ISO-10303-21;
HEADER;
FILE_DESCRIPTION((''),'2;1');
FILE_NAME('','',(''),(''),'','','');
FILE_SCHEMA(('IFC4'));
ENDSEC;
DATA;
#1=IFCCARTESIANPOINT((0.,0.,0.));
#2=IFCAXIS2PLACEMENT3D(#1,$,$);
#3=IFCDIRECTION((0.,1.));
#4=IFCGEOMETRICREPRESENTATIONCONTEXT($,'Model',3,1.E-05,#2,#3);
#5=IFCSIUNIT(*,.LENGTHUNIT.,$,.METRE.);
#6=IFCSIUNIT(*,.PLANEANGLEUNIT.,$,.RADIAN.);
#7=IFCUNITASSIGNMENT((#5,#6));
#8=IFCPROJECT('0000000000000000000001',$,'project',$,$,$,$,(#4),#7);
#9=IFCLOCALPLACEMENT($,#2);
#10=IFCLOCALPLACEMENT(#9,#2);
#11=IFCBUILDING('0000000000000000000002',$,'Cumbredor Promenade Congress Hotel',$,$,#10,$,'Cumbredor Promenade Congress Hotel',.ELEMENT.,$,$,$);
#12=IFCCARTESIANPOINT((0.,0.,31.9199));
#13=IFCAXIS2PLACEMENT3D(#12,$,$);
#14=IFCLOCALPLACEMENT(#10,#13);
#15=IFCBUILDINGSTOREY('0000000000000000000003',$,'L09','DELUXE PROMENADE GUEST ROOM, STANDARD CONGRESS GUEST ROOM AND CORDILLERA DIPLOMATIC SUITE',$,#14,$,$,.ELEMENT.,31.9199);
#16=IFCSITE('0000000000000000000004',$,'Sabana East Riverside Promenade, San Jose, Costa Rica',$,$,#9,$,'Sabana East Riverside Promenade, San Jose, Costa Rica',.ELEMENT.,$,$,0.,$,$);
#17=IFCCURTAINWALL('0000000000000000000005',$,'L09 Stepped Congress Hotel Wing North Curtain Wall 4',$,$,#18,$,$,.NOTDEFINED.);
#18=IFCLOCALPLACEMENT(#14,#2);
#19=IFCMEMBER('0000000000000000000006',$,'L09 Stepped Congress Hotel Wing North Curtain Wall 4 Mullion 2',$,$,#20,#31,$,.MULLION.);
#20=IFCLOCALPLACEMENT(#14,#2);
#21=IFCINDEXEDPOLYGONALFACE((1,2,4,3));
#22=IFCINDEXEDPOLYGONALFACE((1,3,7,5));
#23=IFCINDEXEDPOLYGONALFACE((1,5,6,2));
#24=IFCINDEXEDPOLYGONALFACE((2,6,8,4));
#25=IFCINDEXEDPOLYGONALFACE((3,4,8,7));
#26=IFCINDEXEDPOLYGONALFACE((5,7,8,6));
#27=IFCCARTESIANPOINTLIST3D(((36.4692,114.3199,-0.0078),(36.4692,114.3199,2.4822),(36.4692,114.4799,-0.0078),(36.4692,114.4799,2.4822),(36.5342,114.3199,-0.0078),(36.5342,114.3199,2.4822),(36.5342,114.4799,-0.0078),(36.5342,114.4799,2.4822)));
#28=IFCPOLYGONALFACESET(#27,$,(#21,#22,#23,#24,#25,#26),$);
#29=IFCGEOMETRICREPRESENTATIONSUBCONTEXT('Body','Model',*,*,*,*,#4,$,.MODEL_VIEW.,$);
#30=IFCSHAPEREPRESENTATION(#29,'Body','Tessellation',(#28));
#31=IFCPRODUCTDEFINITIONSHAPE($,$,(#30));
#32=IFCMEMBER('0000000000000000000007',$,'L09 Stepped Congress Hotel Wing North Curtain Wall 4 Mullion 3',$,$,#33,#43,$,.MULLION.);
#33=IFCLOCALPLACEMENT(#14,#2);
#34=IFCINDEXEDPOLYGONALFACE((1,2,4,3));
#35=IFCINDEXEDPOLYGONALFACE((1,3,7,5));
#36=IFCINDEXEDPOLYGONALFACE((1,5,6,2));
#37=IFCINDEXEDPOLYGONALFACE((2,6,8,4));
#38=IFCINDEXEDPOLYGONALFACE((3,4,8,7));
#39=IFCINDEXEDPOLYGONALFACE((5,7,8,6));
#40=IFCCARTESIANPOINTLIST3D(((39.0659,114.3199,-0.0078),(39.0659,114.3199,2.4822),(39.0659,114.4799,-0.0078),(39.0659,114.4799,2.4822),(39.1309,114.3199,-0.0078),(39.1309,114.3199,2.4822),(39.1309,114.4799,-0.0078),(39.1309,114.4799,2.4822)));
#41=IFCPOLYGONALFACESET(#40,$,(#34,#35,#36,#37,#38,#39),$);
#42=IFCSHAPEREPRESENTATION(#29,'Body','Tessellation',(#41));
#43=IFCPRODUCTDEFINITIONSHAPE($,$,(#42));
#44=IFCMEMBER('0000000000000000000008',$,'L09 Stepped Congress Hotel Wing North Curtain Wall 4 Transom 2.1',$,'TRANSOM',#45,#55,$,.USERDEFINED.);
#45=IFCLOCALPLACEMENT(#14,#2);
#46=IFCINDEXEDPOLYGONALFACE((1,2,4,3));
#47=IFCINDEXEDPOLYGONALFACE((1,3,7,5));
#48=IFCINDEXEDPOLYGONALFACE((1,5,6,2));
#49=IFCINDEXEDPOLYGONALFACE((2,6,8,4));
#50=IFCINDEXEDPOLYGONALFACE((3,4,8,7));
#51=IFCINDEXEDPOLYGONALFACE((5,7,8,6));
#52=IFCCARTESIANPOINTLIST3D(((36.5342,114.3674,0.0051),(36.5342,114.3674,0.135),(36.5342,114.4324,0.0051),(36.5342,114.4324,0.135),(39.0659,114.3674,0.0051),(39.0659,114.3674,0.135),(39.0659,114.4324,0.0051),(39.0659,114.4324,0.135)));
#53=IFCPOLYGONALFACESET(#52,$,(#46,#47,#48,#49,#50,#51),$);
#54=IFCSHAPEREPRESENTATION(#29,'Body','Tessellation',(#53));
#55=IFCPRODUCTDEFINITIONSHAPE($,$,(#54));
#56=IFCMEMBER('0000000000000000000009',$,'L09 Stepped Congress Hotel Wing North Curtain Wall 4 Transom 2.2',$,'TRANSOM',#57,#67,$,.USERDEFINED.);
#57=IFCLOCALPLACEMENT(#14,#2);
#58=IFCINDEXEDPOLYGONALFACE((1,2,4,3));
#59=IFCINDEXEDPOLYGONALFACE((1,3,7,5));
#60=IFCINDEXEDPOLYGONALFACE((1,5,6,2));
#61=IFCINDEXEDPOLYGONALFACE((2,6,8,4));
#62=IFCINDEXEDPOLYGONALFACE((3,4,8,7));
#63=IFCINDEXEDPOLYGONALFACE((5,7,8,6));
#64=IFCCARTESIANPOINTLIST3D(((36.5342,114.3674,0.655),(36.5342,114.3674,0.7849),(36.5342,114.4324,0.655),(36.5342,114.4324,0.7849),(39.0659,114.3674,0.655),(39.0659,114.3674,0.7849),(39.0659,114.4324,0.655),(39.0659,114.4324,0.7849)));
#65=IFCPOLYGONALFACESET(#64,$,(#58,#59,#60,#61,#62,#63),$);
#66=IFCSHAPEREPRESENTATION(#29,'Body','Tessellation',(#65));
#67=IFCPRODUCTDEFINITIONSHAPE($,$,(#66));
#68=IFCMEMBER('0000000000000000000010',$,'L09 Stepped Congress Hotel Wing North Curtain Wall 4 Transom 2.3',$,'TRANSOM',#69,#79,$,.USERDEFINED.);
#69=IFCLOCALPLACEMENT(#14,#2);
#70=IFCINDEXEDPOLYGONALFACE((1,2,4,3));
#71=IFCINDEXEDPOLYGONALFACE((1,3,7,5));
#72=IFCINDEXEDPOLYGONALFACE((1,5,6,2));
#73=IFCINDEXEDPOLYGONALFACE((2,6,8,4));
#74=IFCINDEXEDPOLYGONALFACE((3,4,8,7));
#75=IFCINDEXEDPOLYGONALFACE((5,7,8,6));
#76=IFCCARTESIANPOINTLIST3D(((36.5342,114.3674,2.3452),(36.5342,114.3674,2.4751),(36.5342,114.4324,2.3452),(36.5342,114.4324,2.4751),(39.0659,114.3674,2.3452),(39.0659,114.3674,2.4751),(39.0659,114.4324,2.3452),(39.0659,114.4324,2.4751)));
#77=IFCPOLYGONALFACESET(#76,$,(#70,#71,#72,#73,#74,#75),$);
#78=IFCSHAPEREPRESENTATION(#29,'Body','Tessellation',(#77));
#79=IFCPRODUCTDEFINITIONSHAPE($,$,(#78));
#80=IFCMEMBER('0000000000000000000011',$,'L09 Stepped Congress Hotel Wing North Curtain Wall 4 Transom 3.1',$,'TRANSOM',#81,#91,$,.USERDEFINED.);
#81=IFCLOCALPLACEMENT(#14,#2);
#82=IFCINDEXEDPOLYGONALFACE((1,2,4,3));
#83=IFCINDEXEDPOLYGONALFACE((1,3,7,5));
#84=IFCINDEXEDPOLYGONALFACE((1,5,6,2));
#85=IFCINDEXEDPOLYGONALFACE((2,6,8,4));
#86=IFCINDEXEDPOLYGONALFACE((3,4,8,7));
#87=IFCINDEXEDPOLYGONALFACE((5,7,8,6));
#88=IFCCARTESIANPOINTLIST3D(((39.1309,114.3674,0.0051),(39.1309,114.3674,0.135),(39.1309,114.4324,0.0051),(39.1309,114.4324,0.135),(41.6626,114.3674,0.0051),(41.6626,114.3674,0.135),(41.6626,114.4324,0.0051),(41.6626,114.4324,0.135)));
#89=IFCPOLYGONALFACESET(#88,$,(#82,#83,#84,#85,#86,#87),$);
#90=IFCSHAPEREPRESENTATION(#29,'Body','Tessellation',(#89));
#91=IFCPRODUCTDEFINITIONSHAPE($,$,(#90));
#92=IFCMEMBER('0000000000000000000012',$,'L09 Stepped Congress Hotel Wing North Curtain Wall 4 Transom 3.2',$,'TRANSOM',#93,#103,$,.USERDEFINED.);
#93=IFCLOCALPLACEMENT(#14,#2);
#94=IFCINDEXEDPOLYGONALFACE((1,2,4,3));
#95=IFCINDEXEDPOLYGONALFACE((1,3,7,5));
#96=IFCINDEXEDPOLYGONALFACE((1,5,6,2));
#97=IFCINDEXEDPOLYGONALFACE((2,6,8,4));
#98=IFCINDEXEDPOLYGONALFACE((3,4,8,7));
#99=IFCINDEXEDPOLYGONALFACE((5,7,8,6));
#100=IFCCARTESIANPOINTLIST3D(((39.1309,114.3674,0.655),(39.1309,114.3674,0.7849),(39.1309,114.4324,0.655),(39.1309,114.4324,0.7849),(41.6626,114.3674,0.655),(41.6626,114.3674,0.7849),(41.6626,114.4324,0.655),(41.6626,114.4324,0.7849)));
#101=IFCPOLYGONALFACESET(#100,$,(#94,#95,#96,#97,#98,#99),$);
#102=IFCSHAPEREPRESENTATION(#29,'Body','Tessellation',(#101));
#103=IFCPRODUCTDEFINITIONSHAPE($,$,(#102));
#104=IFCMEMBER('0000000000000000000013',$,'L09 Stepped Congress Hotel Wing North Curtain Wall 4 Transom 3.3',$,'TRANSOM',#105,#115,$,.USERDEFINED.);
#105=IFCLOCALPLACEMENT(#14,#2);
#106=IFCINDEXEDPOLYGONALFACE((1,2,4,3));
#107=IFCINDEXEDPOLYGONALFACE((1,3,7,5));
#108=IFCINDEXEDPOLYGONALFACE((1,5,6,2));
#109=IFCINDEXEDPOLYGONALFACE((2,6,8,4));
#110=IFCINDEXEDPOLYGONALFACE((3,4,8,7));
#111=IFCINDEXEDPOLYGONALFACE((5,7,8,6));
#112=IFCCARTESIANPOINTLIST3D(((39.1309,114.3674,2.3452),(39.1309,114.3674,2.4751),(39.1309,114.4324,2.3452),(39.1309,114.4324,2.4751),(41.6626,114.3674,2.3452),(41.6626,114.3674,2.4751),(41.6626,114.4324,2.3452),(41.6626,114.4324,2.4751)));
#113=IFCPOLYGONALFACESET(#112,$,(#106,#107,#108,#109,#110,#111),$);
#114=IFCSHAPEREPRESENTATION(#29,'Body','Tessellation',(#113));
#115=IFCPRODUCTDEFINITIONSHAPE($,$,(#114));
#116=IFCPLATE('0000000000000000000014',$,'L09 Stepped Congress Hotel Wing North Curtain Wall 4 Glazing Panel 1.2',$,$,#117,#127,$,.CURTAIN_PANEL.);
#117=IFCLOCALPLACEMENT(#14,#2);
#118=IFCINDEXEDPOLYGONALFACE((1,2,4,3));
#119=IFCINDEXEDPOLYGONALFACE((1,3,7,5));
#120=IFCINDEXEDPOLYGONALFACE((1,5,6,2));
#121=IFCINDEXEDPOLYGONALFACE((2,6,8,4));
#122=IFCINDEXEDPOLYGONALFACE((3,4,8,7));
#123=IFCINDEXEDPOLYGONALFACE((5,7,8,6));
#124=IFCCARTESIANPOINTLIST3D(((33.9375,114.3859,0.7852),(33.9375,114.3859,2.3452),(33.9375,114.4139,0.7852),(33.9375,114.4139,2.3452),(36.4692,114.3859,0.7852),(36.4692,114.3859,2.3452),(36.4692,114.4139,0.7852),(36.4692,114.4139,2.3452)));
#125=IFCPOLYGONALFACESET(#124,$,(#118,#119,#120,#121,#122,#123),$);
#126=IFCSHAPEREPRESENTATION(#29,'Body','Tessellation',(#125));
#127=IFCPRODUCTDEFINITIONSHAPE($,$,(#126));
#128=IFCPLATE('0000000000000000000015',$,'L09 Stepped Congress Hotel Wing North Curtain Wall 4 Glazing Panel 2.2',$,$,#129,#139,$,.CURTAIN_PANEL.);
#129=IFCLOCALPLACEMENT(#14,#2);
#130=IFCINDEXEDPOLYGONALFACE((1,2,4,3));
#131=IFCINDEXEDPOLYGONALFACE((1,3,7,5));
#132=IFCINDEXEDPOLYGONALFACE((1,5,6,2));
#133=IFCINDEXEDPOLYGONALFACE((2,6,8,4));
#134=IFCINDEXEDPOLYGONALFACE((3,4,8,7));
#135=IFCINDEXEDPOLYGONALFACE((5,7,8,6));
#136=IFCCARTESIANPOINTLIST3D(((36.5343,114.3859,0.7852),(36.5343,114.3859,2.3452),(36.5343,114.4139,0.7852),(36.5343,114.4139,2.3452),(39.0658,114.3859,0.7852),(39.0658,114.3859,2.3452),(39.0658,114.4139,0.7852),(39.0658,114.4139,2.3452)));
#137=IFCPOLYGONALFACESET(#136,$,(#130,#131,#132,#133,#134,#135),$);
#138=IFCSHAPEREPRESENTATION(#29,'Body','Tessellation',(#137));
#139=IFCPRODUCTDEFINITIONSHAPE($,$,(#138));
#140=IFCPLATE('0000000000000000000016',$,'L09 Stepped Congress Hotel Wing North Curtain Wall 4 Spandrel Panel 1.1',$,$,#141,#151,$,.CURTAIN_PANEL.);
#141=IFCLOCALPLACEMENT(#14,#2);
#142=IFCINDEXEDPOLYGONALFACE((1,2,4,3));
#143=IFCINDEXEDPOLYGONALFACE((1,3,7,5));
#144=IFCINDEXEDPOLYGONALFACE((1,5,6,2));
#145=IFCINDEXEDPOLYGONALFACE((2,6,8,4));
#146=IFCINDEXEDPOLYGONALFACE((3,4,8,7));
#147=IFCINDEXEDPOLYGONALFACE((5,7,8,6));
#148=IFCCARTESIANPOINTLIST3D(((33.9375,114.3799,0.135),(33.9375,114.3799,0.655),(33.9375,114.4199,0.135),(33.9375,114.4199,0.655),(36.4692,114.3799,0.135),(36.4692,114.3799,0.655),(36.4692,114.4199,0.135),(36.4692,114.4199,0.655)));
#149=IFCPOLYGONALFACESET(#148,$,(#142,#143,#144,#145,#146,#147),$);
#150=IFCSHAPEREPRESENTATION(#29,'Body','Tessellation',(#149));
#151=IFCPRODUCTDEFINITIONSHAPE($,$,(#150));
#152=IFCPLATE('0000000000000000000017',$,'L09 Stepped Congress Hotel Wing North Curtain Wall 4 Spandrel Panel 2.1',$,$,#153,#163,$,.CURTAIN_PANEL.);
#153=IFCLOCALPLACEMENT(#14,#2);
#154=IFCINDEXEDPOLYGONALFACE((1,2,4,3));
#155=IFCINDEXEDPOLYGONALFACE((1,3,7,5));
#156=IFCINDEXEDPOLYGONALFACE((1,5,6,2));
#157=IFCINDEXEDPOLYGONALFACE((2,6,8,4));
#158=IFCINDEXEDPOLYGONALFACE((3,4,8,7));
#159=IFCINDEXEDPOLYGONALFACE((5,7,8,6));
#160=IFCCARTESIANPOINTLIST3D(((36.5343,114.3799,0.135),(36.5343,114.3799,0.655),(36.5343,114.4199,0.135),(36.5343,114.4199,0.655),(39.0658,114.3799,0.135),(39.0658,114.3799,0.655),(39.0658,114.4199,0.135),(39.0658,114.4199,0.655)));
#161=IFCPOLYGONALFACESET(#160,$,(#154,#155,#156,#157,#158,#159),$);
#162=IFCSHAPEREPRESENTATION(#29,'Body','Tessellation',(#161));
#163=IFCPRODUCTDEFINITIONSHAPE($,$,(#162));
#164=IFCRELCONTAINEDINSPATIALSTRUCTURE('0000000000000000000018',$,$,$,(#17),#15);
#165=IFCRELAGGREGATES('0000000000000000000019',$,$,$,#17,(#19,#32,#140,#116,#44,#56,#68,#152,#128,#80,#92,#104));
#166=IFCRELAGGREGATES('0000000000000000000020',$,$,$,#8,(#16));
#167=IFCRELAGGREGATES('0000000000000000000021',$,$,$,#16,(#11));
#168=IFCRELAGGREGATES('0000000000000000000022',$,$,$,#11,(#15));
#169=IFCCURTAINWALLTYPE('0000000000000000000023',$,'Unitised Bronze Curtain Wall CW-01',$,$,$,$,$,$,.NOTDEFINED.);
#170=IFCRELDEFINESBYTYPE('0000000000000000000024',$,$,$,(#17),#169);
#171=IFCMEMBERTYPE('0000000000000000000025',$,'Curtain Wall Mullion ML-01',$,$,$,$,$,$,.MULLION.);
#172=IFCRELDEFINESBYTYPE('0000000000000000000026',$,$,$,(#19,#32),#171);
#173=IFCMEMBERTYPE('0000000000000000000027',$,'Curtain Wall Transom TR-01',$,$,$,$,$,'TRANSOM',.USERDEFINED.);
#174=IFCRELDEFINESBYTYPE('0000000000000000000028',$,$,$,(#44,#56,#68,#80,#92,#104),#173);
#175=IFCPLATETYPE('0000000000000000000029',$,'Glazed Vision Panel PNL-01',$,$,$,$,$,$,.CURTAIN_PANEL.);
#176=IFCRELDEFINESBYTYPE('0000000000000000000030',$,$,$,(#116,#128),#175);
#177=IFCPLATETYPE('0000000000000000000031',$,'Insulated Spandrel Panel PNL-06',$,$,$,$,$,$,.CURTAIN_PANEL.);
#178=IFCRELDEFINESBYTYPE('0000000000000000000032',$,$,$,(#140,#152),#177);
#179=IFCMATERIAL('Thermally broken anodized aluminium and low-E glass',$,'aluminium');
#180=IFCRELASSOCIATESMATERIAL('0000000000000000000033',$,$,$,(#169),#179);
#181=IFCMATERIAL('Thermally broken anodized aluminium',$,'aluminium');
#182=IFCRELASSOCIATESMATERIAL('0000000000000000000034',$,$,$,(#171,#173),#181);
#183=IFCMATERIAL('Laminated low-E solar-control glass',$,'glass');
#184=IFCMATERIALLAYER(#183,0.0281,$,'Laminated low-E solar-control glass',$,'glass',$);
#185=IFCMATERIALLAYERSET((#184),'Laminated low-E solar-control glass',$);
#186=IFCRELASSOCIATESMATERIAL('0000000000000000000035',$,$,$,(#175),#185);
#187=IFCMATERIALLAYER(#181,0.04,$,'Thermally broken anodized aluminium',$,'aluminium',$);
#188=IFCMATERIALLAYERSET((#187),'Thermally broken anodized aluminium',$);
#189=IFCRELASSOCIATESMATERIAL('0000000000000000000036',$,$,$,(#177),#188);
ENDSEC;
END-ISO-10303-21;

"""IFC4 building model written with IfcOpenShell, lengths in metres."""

from ifc_helpers import new_model, si_unit, direction, frame, origin, origin_2d, place, context, subcontext, project, spatial, rectangle, extrude, material, layer, layer_set, material_profile, profile_set, type_object, element, aggregate, save


model = new_model("IFC4")

# Units and contexts
model_context = context("Model", 3, precision=1e-05, world=origin(), true_north=direction((0.0, 1.0)))
body_context = subcontext(model_context, "Body", "Model", "MODEL_VIEW")
ifc_project = project(units=[si_unit("LENGTHUNIT", "METRE"), si_unit("PLANEANGLEUNIT", "RADIAN")], contexts=[model_context])

# Site, building, storey
site_placement = place(None, origin())
site = spatial("IfcSite", under=ifc_project, at=site_placement, Name="Sabana East Riverside Promenade, San Jose, Costa Rica", LongName="Sabana East Riverside Promenade, San Jose, Costa Rica", CompositionType="ELEMENT", RefElevation=0.0)
building_placement = place(site_placement, origin())
building = spatial("IfcBuilding", under=site, at=building_placement, Name="Cumbredor Promenade Congress Hotel", LongName="Cumbredor Promenade Congress Hotel", CompositionType="ELEMENT")
storey_placement = place(building_placement, frame((0.0, 0.0, 31.9199)))
storey = spatial("IfcBuildingStorey", under=building, at=storey_placement, Name="L09", Description="DELUXE PROMENADE GUEST ROOM, STANDARD CONGRESS GUEST ROOM AND CORDILLERA DIPLOMATIC SUITE", CompositionType="ELEMENT", Elevation=31.9199)

# Curtain wall, members, plates
ifc_material_1 = material(Name="Thermally broken anodized aluminium and low-E glass", Category="aluminium")
curtain_wall_type = type_object("IfcCurtainWallType", Name="Unitised Bronze Curtain Wall CW-01", PredefinedType="NOTDEFINED", material=ifc_material_1)
curtain_wall_placement = place(storey_placement, origin())
curtain_wall = element("IfcCurtainWall", 1, at=curtain_wall_placement, inside=storey, type_object=curtain_wall_type, Name="L09 Stepped Congress Hotel Wing North Curtain Wall 4", PredefinedType="NOTDEFINED")
ifc_material_2 = material(Name="Thermally broken anodized aluminium", Category="aluminium")
ifc_material_profile_1 = material_profile(ifc_material_2, rectangle(XDim=0.0649, YDim=0.1599, at=origin_2d()), Name="ALU MULLION 65x160")
ifc_profile_set_1 = profile_set([ifc_material_profile_1], Name="Thermally broken anodized aluminium")
member_type_1 = type_object("IfcMemberType", Name="Curtain Wall Mullion ML-01", PredefinedType="MULLION", material=ifc_profile_set_1)
member_1_placement = place(storey_placement, frame((36.5017, 114.3999, -0.0078), z_axis=(0.0, 0.0, 1.0), x_axis=(1.0, 0.0, 0.0)))
member_1 = element("IfcMember", 2, at=member_1_placement, type_object=member_type_1, Name="L09 Stepped Congress Hotel Wing North Curtain Wall 4 Mullion 2", PredefinedType="MULLION", context=body_context, shape_type="SweptSolid", body=[
    extrude(rectangle(XDim=0.0649, YDim=0.1599, at=origin_2d()), origin(), (0.0, 0.0, 1.0), 2.49),
])
member_2_placement = place(storey_placement, frame((39.0984, 114.3999, -0.0078), z_axis=(0.0, 0.0, 1.0), x_axis=(1.0, 0.0, 0.0)))
member_2 = element("IfcMember", 3, at=member_2_placement, type_object=member_type_1, Name="L09 Stepped Congress Hotel Wing North Curtain Wall 4 Mullion 3", PredefinedType="MULLION", context=body_context, shape_type="SweptSolid", body=[
    extrude(rectangle(XDim=0.0649, YDim=0.1599, at=origin_2d()), origin(), (0.0, 0.0, 1.0), 2.49),
])
ifc_material_profile_2 = material_profile(ifc_material_2, rectangle(XDim=0.0649, YDim=0.1299, at=origin_2d()), Name="ALU TRANSOM 65x130")
ifc_profile_set_2 = profile_set([ifc_material_profile_2], Name="Thermally broken anodized aluminium")
member_type_2 = type_object("IfcMemberType", Name="Curtain Wall Transom TR-01", ElementType="TRANSOM", PredefinedType="USERDEFINED", material=ifc_profile_set_2)
member_3_placement = place(storey_placement, frame((36.5342, 114.3999, 0.0701), z_axis=(1.0, 0.0, 0.0), x_axis=(0.0, 1.0, 0.0)))
member_3 = element("IfcMember", 4, at=member_3_placement, type_object=member_type_2, Name="L09 Stepped Congress Hotel Wing North Curtain Wall 4 Transom 2.1", ObjectType="TRANSOM", PredefinedType="USERDEFINED", context=body_context, shape_type="SweptSolid", body=[
    extrude(rectangle(XDim=0.0649, YDim=0.1299, at=origin_2d()), origin(), (0.0, 0.0, 1.0), 2.5317),
])
member_4_placement = place(storey_placement, frame((36.5342, 114.3999, 0.72), z_axis=(1.0, 0.0, 0.0), x_axis=(0.0, 1.0, 0.0)))
member_4 = element("IfcMember", 5, at=member_4_placement, type_object=member_type_2, Name="L09 Stepped Congress Hotel Wing North Curtain Wall 4 Transom 2.2", ObjectType="TRANSOM", PredefinedType="USERDEFINED", context=body_context, shape_type="SweptSolid", body=[
    extrude(rectangle(XDim=0.0649, YDim=0.1299, at=origin_2d()), origin(), (0.0, 0.0, 1.0), 2.5317),
])
member_5_placement = place(storey_placement, frame((36.5342, 114.3999, 2.4102), z_axis=(1.0, 0.0, 0.0), x_axis=(0.0, 1.0, 0.0)))
member_5 = element("IfcMember", 6, at=member_5_placement, type_object=member_type_2, Name="L09 Stepped Congress Hotel Wing North Curtain Wall 4 Transom 2.3", ObjectType="TRANSOM", PredefinedType="USERDEFINED", context=body_context, shape_type="SweptSolid", body=[
    extrude(rectangle(XDim=0.0649, YDim=0.1299, at=origin_2d()), origin(), (0.0, 0.0, 1.0), 2.5317),
])
member_6_placement = place(storey_placement, frame((39.1309, 114.3999, 0.0701), z_axis=(1.0, 0.0, 0.0), x_axis=(0.0, 1.0, 0.0)))
member_6 = element("IfcMember", 7, at=member_6_placement, type_object=member_type_2, Name="L09 Stepped Congress Hotel Wing North Curtain Wall 4 Transom 3.1", ObjectType="TRANSOM", PredefinedType="USERDEFINED", context=body_context, shape_type="SweptSolid", body=[
    extrude(rectangle(XDim=0.0649, YDim=0.1299, at=origin_2d()), origin(), (0.0, 0.0, 1.0), 2.5317),
])
member_7_placement = place(storey_placement, frame((39.1309, 114.3999, 0.72), z_axis=(1.0, 0.0, 0.0), x_axis=(0.0, 1.0, 0.0)))
member_7 = element("IfcMember", 8, at=member_7_placement, type_object=member_type_2, Name="L09 Stepped Congress Hotel Wing North Curtain Wall 4 Transom 3.2", ObjectType="TRANSOM", PredefinedType="USERDEFINED", context=body_context, shape_type="SweptSolid", body=[
    extrude(rectangle(XDim=0.0649, YDim=0.1299, at=origin_2d()), origin(), (0.0, 0.0, 1.0), 2.5317),
])
member_8_placement = place(storey_placement, frame((39.1309, 114.3999, 2.4102), z_axis=(1.0, 0.0, 0.0), x_axis=(0.0, 1.0, 0.0)))
member_8 = element("IfcMember", 9, at=member_8_placement, type_object=member_type_2, Name="L09 Stepped Congress Hotel Wing North Curtain Wall 4 Transom 3.3", ObjectType="TRANSOM", PredefinedType="USERDEFINED", context=body_context, shape_type="SweptSolid", body=[
    extrude(rectangle(XDim=0.0649, YDim=0.1299, at=origin_2d()), origin(), (0.0, 0.0, 1.0), 2.5317),
])
ifc_material_3 = material(Name="Laminated low-E solar-control glass", Category="glass")
ifc_layer_1 = layer(ifc_material_3, 0.0281, Name="Laminated low-E solar-control glass", Category="glass")
ifc_layer_set_1 = layer_set([ifc_layer_1], Name="Laminated low-E solar-control glass")
plate_type_1 = type_object("IfcPlateType", Name="Glazed Vision Panel PNL-01", PredefinedType="CURTAIN_PANEL", material=ifc_layer_set_1)
plate_1_placement = place(storey_placement, frame((35.2034, 114.3999, 0.7852), z_axis=(0.0, 0.0, 1.0), x_axis=(1.0, 0.0, 0.0)))
plate_1 = element("IfcPlate", 10, at=plate_1_placement, type_object=plate_type_1, Name="L09 Stepped Congress Hotel Wing North Curtain Wall 4 Glazing Panel 1.2", PredefinedType="CURTAIN_PANEL", context=body_context, shape_type="SweptSolid", body=[
    extrude(rectangle(XDim=2.5317, YDim=0.0281, at=origin_2d()), origin(), (0.0, 0.0, 1.0), 1.5601),
])
plate_2_placement = place(storey_placement, frame((37.8, 114.3999, 0.7852), z_axis=(0.0, 0.0, 1.0), x_axis=(1.0, 0.0, 0.0)))
plate_2 = element("IfcPlate", 11, at=plate_2_placement, type_object=plate_type_1, Name="L09 Stepped Congress Hotel Wing North Curtain Wall 4 Glazing Panel 2.2", PredefinedType="CURTAIN_PANEL", context=body_context, shape_type="SweptSolid", body=[
    extrude(rectangle(XDim=2.5315, YDim=0.0281, at=origin_2d()), origin(), (0.0, 0.0, 1.0), 1.5601),
])
ifc_layer_2 = layer(ifc_material_2, 0.04, Name="Thermally broken anodized aluminium", Category="aluminium")
ifc_layer_set_2 = layer_set([ifc_layer_2], Name="Thermally broken anodized aluminium")
plate_type_2 = type_object("IfcPlateType", Name="Insulated Spandrel Panel PNL-06", PredefinedType="CURTAIN_PANEL", material=ifc_layer_set_2)
plate_3_placement = place(storey_placement, frame((35.2034, 114.3999, 0.135), z_axis=(0.0, 0.0, 1.0), x_axis=(1.0, 0.0, 0.0)))
plate_3 = element("IfcPlate", 12, at=plate_3_placement, type_object=plate_type_2, Name="L09 Stepped Congress Hotel Wing North Curtain Wall 4 Spandrel Panel 1.1", PredefinedType="CURTAIN_PANEL", context=body_context, shape_type="SweptSolid", body=[
    extrude(rectangle(XDim=2.5317, YDim=0.04, at=origin_2d()), origin(), (0.0, 0.0, 1.0), 0.52),
])
plate_4_placement = place(storey_placement, frame((37.8, 114.3999, 0.135), z_axis=(0.0, 0.0, 1.0), x_axis=(1.0, 0.0, 0.0)))
plate_4 = element("IfcPlate", 13, at=plate_4_placement, type_object=plate_type_2, Name="L09 Stepped Congress Hotel Wing North Curtain Wall 4 Spandrel Panel 2.1", PredefinedType="CURTAIN_PANEL", context=body_context, shape_type="SweptSolid", body=[
    extrude(rectangle(XDim=2.5315, YDim=0.04, at=origin_2d()), origin(), (0.0, 0.0, 1.0), 0.52),
])
aggregate(curtain_wall, [member_1, member_2, plate_3, plate_1, member_3, member_4, member_5, plate_4, plate_2, member_6, member_7, member_8])

save(model, "model.ifc")
